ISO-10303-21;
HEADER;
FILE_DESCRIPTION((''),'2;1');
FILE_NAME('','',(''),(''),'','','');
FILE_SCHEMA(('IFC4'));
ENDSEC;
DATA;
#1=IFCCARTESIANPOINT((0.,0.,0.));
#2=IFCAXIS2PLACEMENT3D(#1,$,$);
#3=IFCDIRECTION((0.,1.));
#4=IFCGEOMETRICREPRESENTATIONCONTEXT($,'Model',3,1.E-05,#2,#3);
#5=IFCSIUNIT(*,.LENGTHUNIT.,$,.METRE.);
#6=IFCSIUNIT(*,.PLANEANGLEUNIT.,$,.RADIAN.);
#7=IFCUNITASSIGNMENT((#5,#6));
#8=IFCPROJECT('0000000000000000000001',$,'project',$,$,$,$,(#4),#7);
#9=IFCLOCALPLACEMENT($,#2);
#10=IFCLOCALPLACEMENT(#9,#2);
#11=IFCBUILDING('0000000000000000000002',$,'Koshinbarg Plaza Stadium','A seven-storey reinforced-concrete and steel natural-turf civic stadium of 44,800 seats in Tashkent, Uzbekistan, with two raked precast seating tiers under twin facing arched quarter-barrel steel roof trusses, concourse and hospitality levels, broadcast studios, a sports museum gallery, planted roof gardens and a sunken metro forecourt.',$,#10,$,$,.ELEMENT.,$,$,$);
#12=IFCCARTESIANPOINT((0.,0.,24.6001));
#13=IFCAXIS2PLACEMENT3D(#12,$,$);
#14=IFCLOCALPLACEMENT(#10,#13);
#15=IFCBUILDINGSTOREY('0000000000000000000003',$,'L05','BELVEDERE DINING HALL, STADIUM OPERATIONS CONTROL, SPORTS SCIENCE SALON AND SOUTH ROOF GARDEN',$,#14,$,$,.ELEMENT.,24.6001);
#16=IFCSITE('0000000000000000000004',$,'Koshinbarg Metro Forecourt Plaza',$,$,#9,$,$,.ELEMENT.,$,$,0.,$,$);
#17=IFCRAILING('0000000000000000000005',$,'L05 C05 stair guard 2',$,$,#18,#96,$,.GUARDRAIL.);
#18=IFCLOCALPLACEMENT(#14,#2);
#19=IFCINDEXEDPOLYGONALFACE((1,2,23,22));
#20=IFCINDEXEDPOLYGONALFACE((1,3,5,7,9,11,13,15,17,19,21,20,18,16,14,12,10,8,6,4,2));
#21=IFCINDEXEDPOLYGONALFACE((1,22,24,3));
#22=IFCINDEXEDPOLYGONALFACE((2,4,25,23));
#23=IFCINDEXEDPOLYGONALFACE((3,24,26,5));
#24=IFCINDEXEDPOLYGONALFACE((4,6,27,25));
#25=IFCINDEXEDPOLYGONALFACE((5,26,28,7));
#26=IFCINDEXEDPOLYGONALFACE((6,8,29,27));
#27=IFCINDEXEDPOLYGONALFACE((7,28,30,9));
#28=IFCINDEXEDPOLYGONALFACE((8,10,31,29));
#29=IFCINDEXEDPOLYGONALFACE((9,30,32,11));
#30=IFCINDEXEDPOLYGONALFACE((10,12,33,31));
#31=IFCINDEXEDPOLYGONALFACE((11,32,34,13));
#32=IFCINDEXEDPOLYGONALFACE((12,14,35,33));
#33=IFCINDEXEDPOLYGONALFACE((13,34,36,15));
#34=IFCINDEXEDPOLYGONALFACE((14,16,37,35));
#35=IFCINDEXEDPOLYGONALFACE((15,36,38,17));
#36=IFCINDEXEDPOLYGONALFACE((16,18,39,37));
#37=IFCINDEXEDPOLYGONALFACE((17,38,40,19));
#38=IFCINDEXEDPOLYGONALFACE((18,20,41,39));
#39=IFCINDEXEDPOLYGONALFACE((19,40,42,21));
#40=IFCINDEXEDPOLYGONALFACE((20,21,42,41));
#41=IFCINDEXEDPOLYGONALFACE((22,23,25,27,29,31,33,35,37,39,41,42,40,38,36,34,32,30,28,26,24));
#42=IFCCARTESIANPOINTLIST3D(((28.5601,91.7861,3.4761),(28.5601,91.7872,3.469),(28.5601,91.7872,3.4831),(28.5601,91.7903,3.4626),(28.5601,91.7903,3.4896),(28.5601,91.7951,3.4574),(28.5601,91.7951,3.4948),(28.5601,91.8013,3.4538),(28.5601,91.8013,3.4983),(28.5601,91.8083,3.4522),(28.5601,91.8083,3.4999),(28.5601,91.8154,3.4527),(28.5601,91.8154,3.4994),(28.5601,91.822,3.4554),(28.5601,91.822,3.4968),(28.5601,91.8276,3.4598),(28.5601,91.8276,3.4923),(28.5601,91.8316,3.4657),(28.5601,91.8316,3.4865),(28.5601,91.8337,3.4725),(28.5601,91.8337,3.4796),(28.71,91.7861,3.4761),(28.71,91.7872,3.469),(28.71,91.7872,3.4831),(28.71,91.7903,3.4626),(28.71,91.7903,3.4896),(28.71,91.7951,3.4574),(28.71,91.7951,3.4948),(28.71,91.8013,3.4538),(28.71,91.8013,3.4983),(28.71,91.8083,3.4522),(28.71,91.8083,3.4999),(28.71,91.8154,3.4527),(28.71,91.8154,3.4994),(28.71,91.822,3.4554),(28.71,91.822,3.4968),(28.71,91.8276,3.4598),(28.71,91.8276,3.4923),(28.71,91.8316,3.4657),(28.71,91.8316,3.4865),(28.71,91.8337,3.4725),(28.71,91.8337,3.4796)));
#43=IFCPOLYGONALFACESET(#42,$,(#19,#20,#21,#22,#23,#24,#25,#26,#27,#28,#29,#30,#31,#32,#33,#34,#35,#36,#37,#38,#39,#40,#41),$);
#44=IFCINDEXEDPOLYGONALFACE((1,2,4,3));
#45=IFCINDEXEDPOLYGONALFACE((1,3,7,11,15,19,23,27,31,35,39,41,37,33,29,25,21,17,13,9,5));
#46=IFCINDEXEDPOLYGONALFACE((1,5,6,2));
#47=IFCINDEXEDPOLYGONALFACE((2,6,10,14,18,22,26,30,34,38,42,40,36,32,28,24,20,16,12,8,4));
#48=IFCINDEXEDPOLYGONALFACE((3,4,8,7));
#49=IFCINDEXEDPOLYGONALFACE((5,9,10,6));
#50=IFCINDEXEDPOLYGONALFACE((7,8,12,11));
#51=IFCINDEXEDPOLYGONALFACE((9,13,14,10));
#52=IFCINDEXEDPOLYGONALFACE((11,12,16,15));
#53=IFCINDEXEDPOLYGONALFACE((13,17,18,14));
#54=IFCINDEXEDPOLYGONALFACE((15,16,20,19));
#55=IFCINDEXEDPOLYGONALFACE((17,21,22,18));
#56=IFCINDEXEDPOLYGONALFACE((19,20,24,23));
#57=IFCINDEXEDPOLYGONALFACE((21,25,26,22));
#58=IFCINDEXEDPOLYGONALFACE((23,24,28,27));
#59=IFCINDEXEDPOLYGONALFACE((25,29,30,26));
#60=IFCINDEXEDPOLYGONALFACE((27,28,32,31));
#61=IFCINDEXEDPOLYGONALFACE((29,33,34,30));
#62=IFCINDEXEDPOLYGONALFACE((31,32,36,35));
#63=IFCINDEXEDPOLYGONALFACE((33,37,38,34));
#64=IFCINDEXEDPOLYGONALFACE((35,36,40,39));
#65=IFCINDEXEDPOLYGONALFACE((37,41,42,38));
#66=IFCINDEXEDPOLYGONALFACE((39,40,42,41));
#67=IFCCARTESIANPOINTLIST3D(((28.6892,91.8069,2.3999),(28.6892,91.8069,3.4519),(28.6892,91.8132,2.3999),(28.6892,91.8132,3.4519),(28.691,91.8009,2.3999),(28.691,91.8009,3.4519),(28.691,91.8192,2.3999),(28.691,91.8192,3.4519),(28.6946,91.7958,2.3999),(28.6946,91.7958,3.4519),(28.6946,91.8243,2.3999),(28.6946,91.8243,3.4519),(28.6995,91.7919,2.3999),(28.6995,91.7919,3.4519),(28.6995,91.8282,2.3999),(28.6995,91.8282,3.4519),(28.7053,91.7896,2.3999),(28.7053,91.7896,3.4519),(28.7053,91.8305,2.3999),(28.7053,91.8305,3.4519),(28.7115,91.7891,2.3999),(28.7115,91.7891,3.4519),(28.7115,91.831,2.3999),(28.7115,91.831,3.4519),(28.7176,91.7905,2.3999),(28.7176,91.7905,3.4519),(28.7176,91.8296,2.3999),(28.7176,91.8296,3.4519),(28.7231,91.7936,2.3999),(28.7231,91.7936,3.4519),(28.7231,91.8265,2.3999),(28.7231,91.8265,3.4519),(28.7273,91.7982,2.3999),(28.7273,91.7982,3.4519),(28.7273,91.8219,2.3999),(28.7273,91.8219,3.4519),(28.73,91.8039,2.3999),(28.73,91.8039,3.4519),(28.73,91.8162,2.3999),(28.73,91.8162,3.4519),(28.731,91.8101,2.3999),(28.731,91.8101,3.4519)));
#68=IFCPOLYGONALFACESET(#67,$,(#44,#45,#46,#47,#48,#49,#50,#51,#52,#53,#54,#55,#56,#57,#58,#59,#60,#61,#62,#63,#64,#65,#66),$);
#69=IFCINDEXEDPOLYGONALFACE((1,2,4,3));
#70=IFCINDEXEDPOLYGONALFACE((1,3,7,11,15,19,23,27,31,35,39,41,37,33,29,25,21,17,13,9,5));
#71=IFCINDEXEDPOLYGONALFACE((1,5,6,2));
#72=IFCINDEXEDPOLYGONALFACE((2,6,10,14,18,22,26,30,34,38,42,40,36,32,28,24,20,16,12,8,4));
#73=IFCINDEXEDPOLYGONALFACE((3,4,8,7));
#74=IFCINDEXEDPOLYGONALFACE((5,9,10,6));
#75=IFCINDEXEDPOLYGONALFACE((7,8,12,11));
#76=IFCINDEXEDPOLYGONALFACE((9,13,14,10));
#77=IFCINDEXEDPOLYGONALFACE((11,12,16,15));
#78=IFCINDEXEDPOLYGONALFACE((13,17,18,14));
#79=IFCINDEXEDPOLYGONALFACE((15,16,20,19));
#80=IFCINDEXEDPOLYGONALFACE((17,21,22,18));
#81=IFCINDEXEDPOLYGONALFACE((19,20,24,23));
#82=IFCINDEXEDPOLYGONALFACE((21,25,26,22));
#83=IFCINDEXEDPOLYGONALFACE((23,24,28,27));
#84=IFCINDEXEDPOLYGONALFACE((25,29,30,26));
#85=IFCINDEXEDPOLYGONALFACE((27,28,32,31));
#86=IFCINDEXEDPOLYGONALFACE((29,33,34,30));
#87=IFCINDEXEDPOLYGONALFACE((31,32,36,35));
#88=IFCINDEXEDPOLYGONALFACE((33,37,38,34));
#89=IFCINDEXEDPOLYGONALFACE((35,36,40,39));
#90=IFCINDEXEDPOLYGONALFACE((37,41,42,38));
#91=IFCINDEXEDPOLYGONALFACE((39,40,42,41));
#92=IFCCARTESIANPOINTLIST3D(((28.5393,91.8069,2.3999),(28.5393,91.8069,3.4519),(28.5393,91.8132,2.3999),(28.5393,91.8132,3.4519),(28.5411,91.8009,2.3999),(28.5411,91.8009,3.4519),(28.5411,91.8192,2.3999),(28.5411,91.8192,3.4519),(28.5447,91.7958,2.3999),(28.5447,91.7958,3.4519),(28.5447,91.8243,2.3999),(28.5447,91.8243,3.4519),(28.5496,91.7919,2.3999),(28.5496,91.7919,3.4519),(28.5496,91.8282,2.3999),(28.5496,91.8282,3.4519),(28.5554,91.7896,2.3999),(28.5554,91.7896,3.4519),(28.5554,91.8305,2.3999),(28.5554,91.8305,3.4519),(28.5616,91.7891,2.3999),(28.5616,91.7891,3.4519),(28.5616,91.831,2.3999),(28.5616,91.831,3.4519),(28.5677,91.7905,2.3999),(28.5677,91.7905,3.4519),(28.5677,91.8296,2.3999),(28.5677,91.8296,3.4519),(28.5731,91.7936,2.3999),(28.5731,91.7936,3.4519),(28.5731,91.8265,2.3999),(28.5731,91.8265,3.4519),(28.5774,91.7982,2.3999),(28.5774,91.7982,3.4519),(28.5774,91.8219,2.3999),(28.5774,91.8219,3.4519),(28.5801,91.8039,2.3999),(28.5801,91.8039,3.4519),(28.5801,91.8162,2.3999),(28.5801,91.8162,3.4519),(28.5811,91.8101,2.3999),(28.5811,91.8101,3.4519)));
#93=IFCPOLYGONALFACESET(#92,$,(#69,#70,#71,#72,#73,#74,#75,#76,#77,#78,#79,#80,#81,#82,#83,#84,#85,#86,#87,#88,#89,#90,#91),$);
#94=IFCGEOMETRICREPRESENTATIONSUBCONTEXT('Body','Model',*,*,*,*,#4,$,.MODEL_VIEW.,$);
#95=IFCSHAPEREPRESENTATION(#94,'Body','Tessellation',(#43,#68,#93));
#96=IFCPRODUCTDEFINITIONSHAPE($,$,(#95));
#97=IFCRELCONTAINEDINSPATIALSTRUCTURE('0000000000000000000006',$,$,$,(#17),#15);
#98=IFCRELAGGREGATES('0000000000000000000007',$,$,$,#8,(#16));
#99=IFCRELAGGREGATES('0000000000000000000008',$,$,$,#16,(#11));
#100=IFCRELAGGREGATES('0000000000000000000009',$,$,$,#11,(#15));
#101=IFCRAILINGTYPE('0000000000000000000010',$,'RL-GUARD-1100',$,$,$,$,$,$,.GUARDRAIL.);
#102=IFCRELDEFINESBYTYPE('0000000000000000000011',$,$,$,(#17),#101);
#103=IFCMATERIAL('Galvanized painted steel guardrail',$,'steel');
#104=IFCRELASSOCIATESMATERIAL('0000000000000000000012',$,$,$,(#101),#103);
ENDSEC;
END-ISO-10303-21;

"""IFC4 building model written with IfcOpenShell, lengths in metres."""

from ifc_helpers import new_model, si_unit, direction, frame, origin, origin_2d, place, context, subcontext, project, spatial, circle, extrude, material, type_object, element, save


model = new_model("IFC4")

# Units and contexts
model_context = context("Model", 3, precision=1e-05, world=origin(), true_north=direction((0.0, 1.0)))
body_context = subcontext(model_context, "Body", "Model", "MODEL_VIEW")
ifc_project = project(units=[si_unit("LENGTHUNIT", "METRE"), si_unit("PLANEANGLEUNIT", "RADIAN")], contexts=[model_context])

# Site, building, storey
site_placement = place(None, origin())
site = spatial("IfcSite", under=ifc_project, at=site_placement, Name="Koshinbarg Metro Forecourt Plaza", CompositionType="ELEMENT", RefElevation=0.0)
building_placement = place(site_placement, origin())
building = spatial("IfcBuilding", under=site, at=building_placement, Name="Koshinbarg Plaza Stadium", Description="A seven-storey reinforced-concrete and steel natural-turf civic stadium of 44,800 seats in Tashkent, Uzbekistan, with two raked precast seating tiers under twin facing arched quarter-barrel steel roof trusses, concourse and hospitality levels, broadcast studios, a sports museum gallery, planted roof gardens and a sunken metro forecourt.", CompositionType="ELEMENT")
storey_placement = place(building_placement, frame((0.0, 0.0, 24.6001)))
storey = spatial("IfcBuildingStorey", under=building, at=storey_placement, Name="L05", Description="BELVEDERE DINING HALL, STADIUM OPERATIONS CONTROL, SPORTS SCIENCE SALON AND SOUTH ROOF GARDEN", CompositionType="ELEMENT", Elevation=24.6001)

# Railing
ifc_material_1 = material(Name="Galvanized painted steel guardrail", Category="steel")
railing_type_1 = type_object("IfcRailingType", Name="RL-GUARD-1100", PredefinedType="GUARDRAIL", material=ifc_material_1)
railing_1_placement = place(storey_placement, frame((28.71, 91.8101, 2.3999)))
element("IfcRailing", 1, at=railing_1_placement, inside=storey, type_object=railing_type_1, Name="L05 C05 stair guard 2", PredefinedType="GUARDRAIL", context=body_context, shape_type="SweptSolid", body=[
    extrude(circle(Radius=0.0239, at=origin_2d()), frame((0.0, 0.0, 1.0762), z_axis=(-1.0, 0.0, 0.0), x_axis=(0.0, -1.0, 0.0)), (0.0, 0.0, 1.0), 0.1499),
    extrude(circle(Radius=0.021, at=origin_2d()), origin(), (0.0, 0.0, 1.0), 1.052),
    extrude(circle(Radius=0.021, at=origin_2d()), frame((-0.1499, 0.0, 0.0)), (0.0, 0.0, 1.0), 1.052),
])

save(model, "model.ifc")
